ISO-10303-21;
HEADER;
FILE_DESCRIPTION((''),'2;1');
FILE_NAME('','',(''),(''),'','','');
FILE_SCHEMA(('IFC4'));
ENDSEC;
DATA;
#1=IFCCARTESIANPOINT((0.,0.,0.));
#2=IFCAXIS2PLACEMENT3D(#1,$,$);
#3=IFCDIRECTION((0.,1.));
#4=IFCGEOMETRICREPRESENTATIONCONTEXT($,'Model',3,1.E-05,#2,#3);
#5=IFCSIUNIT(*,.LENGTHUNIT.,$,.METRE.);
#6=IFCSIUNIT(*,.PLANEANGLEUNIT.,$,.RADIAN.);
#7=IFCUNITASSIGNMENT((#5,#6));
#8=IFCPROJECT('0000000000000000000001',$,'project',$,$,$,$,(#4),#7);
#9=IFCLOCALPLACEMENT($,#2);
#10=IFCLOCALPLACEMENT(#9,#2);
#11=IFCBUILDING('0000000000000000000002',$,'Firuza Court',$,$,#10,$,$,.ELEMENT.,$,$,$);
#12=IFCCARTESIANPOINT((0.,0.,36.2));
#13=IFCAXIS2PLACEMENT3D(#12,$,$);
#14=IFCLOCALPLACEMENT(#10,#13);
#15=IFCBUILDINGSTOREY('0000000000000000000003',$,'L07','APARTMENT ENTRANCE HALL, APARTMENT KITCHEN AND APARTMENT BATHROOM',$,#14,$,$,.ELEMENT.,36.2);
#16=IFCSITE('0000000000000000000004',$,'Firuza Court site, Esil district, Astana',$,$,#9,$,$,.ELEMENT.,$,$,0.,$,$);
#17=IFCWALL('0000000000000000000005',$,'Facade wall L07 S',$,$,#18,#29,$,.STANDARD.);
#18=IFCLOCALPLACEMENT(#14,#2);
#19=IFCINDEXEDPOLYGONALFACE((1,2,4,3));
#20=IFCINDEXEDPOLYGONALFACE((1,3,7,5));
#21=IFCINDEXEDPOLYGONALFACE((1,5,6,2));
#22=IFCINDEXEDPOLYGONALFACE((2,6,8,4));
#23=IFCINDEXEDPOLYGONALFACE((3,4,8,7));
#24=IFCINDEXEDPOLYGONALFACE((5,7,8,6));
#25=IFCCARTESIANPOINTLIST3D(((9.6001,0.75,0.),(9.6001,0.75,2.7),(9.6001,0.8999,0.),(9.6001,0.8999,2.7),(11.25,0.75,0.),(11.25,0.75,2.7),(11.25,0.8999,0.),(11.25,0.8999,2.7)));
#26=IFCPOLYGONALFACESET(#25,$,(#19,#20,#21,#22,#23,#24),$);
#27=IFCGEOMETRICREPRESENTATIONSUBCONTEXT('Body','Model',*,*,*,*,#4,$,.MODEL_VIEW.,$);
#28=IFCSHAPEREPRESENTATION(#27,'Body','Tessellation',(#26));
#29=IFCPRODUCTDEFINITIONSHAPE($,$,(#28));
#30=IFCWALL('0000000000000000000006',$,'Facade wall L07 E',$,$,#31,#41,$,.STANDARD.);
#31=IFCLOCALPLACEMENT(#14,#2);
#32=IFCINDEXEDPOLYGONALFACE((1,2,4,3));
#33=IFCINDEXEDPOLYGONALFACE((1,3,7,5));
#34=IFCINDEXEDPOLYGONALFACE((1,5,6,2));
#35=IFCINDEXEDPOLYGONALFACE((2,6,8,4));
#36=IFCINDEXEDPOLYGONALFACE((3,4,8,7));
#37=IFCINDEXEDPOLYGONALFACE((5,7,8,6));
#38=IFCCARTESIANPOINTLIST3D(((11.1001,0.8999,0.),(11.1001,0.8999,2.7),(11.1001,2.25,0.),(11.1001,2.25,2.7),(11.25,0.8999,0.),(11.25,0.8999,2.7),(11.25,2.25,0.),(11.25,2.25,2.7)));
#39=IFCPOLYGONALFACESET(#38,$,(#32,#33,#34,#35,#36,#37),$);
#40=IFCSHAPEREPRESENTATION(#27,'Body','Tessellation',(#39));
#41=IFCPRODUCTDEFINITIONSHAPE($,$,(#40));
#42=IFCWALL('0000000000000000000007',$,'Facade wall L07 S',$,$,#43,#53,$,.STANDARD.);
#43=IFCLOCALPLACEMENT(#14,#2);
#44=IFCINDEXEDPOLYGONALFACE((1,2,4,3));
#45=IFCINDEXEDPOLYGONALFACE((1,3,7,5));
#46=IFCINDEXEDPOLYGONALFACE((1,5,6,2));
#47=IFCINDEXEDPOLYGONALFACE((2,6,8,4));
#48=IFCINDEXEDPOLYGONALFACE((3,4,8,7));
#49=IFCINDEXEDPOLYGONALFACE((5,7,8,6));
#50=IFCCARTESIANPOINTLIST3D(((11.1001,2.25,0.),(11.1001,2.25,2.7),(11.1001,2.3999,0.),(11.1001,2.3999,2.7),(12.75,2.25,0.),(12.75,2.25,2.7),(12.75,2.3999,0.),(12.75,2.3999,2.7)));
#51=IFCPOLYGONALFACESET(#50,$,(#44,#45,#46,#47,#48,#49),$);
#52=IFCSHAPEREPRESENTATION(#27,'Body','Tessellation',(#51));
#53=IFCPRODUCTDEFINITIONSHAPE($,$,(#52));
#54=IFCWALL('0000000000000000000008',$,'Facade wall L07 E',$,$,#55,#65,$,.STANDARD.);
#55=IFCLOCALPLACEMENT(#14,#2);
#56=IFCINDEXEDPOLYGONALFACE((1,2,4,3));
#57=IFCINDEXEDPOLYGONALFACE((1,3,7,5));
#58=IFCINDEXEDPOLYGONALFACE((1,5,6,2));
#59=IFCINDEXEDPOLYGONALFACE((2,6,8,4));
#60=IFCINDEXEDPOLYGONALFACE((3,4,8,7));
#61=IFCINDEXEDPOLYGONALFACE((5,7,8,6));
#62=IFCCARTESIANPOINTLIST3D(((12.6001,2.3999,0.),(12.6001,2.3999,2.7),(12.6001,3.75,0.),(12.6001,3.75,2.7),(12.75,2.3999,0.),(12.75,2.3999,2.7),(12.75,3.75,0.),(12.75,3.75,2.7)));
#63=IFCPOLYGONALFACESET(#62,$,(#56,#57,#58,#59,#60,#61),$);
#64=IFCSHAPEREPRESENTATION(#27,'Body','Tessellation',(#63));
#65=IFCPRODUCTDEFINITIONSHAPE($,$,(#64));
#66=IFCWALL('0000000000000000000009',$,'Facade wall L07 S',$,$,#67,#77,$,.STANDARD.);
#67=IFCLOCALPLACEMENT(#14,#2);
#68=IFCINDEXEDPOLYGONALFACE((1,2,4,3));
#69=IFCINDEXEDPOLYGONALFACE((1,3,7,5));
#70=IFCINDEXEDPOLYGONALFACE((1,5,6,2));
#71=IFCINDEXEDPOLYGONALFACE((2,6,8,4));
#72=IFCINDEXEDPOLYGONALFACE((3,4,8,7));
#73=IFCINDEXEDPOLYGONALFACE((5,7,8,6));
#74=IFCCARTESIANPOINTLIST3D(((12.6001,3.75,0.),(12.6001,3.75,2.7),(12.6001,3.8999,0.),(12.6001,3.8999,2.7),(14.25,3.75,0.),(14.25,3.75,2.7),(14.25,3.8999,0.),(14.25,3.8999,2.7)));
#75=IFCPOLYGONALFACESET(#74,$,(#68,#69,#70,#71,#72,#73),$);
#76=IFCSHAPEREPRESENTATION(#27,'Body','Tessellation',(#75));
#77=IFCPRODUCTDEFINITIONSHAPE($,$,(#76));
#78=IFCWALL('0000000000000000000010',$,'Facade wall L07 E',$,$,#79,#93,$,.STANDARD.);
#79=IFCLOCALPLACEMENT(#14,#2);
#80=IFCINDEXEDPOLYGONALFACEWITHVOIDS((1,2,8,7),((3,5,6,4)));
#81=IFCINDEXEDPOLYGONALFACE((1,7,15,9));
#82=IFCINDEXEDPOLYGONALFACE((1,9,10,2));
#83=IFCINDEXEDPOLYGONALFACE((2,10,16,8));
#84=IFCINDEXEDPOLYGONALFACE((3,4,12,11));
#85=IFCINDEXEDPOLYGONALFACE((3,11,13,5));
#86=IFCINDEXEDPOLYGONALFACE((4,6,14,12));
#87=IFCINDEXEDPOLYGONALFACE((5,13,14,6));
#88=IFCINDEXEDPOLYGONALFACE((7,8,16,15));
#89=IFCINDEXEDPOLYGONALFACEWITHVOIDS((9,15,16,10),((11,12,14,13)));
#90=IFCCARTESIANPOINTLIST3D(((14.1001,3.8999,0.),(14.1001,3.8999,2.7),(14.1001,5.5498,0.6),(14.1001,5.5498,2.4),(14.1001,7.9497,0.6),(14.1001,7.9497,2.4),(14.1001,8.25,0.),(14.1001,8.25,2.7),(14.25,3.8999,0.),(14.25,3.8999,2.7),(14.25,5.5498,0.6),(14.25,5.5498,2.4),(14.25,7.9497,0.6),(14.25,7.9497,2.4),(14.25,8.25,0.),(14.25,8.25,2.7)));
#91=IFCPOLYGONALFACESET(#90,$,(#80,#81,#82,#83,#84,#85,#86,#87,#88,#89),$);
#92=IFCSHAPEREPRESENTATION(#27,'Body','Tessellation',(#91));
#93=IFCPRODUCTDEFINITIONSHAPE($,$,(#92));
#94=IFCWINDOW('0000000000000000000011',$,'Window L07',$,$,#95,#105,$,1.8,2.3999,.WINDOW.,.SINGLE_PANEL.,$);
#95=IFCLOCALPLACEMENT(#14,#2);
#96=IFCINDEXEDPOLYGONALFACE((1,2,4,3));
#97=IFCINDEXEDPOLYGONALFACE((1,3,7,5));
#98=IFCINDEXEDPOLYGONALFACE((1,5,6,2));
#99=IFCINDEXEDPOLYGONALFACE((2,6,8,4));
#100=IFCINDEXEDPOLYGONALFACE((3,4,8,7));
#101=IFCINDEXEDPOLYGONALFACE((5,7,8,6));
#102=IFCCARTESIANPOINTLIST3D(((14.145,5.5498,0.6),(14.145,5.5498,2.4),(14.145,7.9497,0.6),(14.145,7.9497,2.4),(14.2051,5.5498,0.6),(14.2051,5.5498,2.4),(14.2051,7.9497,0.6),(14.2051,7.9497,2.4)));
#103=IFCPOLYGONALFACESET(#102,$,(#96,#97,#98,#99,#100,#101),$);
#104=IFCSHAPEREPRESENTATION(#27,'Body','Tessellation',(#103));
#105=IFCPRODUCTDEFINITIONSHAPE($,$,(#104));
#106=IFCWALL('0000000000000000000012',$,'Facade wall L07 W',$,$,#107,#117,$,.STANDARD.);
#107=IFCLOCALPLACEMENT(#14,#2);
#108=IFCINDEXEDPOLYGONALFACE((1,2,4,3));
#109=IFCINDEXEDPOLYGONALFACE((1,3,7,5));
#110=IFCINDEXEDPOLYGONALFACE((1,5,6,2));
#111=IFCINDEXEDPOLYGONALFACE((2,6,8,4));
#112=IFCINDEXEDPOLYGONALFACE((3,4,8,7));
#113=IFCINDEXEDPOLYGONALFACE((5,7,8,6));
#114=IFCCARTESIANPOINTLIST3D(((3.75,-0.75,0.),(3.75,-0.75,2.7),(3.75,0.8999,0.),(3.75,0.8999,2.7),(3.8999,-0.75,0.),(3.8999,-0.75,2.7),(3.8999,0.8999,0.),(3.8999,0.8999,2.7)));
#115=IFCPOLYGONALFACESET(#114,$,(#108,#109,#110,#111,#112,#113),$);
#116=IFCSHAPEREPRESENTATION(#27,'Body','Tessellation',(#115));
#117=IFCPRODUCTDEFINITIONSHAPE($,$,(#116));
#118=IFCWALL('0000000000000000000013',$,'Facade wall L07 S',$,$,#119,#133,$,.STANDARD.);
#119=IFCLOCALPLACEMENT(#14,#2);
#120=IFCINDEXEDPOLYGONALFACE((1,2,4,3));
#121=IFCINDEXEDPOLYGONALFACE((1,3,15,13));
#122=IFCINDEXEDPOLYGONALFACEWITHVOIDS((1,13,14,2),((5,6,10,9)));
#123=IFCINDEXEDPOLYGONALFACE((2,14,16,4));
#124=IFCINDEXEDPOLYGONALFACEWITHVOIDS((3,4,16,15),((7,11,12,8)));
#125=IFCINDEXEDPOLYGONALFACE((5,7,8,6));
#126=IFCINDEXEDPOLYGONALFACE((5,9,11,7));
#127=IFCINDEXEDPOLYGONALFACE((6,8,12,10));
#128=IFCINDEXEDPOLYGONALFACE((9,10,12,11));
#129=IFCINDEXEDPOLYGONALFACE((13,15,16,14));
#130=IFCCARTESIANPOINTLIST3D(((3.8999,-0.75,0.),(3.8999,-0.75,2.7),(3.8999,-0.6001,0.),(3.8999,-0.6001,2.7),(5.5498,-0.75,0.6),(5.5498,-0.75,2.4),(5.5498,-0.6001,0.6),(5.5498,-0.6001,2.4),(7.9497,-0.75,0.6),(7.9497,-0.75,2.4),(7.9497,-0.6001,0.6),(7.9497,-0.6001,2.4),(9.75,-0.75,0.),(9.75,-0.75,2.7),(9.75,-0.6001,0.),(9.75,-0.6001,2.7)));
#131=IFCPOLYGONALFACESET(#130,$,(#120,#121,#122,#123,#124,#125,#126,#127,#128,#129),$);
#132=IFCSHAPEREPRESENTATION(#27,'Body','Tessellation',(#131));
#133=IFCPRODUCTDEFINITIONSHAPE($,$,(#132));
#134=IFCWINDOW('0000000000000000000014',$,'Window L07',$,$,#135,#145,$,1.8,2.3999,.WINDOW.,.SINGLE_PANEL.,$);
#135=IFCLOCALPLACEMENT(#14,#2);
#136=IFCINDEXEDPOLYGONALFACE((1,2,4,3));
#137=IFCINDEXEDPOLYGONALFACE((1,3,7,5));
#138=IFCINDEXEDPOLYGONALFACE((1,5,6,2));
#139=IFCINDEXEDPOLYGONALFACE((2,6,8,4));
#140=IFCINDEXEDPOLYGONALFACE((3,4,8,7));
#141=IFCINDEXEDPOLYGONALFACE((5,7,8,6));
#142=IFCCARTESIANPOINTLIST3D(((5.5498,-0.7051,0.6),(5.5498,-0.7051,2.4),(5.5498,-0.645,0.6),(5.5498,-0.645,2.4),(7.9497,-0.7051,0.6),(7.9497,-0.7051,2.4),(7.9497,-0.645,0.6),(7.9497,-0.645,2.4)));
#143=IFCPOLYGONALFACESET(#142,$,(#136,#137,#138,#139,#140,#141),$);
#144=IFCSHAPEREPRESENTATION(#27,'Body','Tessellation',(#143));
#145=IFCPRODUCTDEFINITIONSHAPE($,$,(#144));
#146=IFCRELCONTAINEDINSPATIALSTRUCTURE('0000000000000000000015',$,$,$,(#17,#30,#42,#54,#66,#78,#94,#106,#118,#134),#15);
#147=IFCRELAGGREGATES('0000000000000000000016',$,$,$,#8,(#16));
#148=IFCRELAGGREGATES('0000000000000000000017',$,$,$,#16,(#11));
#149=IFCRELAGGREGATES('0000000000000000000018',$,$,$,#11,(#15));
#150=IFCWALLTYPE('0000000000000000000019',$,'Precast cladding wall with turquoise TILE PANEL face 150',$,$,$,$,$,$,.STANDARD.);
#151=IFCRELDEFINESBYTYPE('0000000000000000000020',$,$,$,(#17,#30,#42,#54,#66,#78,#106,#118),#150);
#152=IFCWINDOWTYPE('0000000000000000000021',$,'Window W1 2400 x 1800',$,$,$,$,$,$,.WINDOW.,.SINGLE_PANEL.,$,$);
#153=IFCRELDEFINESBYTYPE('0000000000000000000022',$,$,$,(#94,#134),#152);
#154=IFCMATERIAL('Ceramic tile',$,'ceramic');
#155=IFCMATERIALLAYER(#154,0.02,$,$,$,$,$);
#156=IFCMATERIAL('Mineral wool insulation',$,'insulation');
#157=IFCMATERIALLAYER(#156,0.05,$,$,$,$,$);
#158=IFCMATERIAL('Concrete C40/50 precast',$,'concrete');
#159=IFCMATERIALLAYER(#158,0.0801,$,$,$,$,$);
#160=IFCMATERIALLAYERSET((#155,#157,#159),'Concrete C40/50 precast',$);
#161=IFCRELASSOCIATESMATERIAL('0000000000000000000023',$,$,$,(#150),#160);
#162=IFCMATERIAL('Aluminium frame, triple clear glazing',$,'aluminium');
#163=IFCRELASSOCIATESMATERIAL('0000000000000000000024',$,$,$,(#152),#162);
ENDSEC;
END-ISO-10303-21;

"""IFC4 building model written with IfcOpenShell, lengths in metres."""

from ifc_helpers import new_model, si_unit, direction, frame, frame_2d, origin, place, context, subcontext, project, spatial, rectangle, extrude, material, layer, layer_set, type_object, element, fill, save


model = new_model("IFC4")

# Units and contexts
model_context = context("Model", 3, precision=1e-05, world=origin(), true_north=direction((0.0, 1.0)))
body_context = subcontext(model_context, "Body", "Model", "MODEL_VIEW")
ifc_project = project(units=[si_unit("LENGTHUNIT", "METRE"), si_unit("PLANEANGLEUNIT", "RADIAN")], contexts=[model_context])

# Site, building, storey
site_placement = place(None, origin())
site = spatial("IfcSite", under=ifc_project, at=site_placement, Name="Firuza Court site, Esil district, Astana", CompositionType="ELEMENT", RefElevation=0.0)
building_placement = place(site_placement, origin())
building = spatial("IfcBuilding", under=site, at=building_placement, Name="Firuza Court", CompositionType="ELEMENT")
storey_placement = place(building_placement, frame((0.0, 0.0, 36.2)))
storey = spatial("IfcBuildingStorey", under=building, at=storey_placement, Name="L07", Description="APARTMENT ENTRANCE HALL, APARTMENT KITCHEN AND APARTMENT BATHROOM", CompositionType="ELEMENT", Elevation=36.2)

# Walls
ifc_material_1 = material(Name="Ceramic tile", Category="ceramic")
ifc_layer_1 = layer(ifc_material_1, 0.02)
ifc_material_2 = material(Name="Mineral wool insulation", Category="insulation")
ifc_layer_2 = layer(ifc_material_2, 0.05)
ifc_material_3 = material(Name="Concrete C40/50 precast", Category="concrete")
ifc_layer_3 = layer(ifc_material_3, 0.0801)
ifc_layer_set_1 = layer_set([ifc_layer_1, ifc_layer_2, ifc_layer_3], Name="Concrete C40/50 precast")
wall_type_1 = type_object("IfcWallType", Name="Precast cladding wall with turquoise TILE PANEL face 150", PredefinedType="STANDARD", material=ifc_layer_set_1)
wall_1_placement = place(storey_placement, frame((9.6001, 0.825, 0.0), z_axis=(0.0, 0.0, 1.0), x_axis=(1.0, 0.0, 0.0)))
element("IfcWall", 1, at=wall_1_placement, inside=storey, type_object=wall_type_1, Name="Facade wall L07 S", PredefinedType="STANDARD", context=body_context, shape_type="SweptSolid", body=[
    extrude(rectangle(XDim=1.6499, YDim=0.1499, at=frame_2d((0.825, 0.0))), origin(), (0.0, 0.0, 1.0), 2.7),
])
wall_2_placement = place(storey_placement, frame((11.175, 0.8999, 0.0), z_axis=(0.0, 0.0, 1.0), x_axis=(0.0, 1.0, 0.0)))
element("IfcWall", 2, at=wall_2_placement, inside=storey, type_object=wall_type_1, Name="Facade wall L07 E", PredefinedType="STANDARD", context=body_context, shape_type="SweptSolid", body=[
    extrude(rectangle(XDim=1.3501, YDim=0.1499, at=frame_2d((0.675, 0.0))), origin(), (0.0, 0.0, 1.0), 2.7),
])
wall_3_placement = place(storey_placement, frame((11.1001, 2.325, 0.0), z_axis=(0.0, 0.0, 1.0), x_axis=(1.0, 0.0, 0.0)))
element("IfcWall", 3, at=wall_3_placement, inside=storey, type_object=wall_type_1, Name="Facade wall L07 S", PredefinedType="STANDARD", context=body_context, shape_type="SweptSolid", body=[
    extrude(rectangle(XDim=1.6499, YDim=0.1499, at=frame_2d((0.825, 0.0))), origin(), (0.0, 0.0, 1.0), 2.7),
])
wall_4_placement = place(storey_placement, frame((12.675, 2.3999, 0.0), z_axis=(0.0, 0.0, 1.0), x_axis=(0.0, 1.0, 0.0)))
element("IfcWall", 4, at=wall_4_placement, inside=storey, type_object=wall_type_1, Name="Facade wall L07 E", PredefinedType="STANDARD", context=body_context, shape_type="SweptSolid", body=[
    extrude(rectangle(XDim=1.3501, YDim=0.1499, at=frame_2d((0.675, 0.0))), origin(), (0.0, 0.0, 1.0), 2.7),
])
wall_5_placement = place(storey_placement, frame((12.6001, 3.825, 0.0), z_axis=(0.0, 0.0, 1.0), x_axis=(1.0, 0.0, 0.0)))
element("IfcWall", 5, at=wall_5_placement, inside=storey, type_object=wall_type_1, Name="Facade wall L07 S", PredefinedType="STANDARD", context=body_context, shape_type="SweptSolid", body=[
    extrude(rectangle(XDim=1.6499, YDim=0.1499, at=frame_2d((0.825, 0.0))), origin(), (0.0, 0.0, 1.0), 2.7),
])

# Wall, opening, window
wall_6_placement = place(storey_placement, frame((14.175, 3.8999, 0.0), z_axis=(0.0, 0.0, 1.0), x_axis=(0.0, 1.0, 0.0)))
wall_6 = element("IfcWall", 6, at=wall_6_placement, inside=storey, type_object=wall_type_1, Name="Facade wall L07 E", PredefinedType="STANDARD", context=body_context, shape_type="SweptSolid", body=[
    extrude(rectangle(XDim=4.3501, YDim=0.1499, at=frame_2d((2.175, 0.0))), origin(), (0.0, 0.0, 1.0), 2.7),
])
opening_1_placement = place(wall_6_placement, frame((1.6499, 0.0, 0.6001)))
opening_1 = element("IfcOpeningElement", 7, at=opening_1_placement, cuts=wall_6, PredefinedType="OPENING", context=body_context, shape_type="SweptSolid", body=[
    extrude(rectangle(XDim=2.3999, YDim=1.8, at=frame_2d((1.2, 0.8999))), frame((0.0, 0.0869, 0.0), z_axis=(0.0, -1.0, 0.0), x_axis=(1.0, 0.0, 0.0)), (0.0, 0.0, 1.0), 0.1738),
])
ifc_material_4 = material(Name="Aluminium frame, triple clear glazing", Category="aluminium")
window_type = type_object("IfcWindowType", Name="Window W1 2400 x 1800", PartitioningType="SINGLE_PANEL", PredefinedType="WINDOW", material=ifc_material_4)
window_1_placement = place(opening_1_placement, origin())
window_1 = element("IfcWindow", 8, at=window_1_placement, inside=storey, type_object=window_type, Name="Window L07", OverallHeight=1.8, OverallWidth=2.3999, PartitioningType="SINGLE_PANEL", PredefinedType="WINDOW", context=body_context, shape_type="SweptSolid", body=[
    extrude(rectangle(XDim=2.3999, YDim=1.8, at=frame_2d((1.2, 0.8999))), frame((0.0, 0.03, 0.0), z_axis=(0.0, -1.0, 0.0), x_axis=(1.0, 0.0, 0.0)), (0.0, 0.0, 1.0), 0.0601),
])
fill(opening_1, window_1)

# Wall
wall_7_placement = place(storey_placement, frame((3.825, 0.8999, 0.0), z_axis=(0.0, 0.0, 1.0), x_axis=(0.0, -1.0, 0.0)))
element("IfcWall", 9, at=wall_7_placement, inside=storey, type_object=wall_type_1, Name="Facade wall L07 W", PredefinedType="STANDARD", context=body_context, shape_type="SweptSolid", body=[
    extrude(rectangle(XDim=1.6499, YDim=0.1499, at=frame_2d((0.825, 0.0))), origin(), (0.0, 0.0, 1.0), 2.7),
])

# Wall, opening, window
wall_8_placement = place(storey_placement, frame((3.8999, -0.675, 0.0), z_axis=(0.0, 0.0, 1.0), x_axis=(1.0, 0.0, 0.0)))
wall_8 = element("IfcWall", 10, at=wall_8_placement, inside=storey, type_object=wall_type_1, Name="Facade wall L07 S", PredefinedType="STANDARD", context=body_context, shape_type="SweptSolid", body=[
    extrude(rectangle(XDim=5.8501, YDim=0.1499, at=frame_2d((2.925, 0.0))), origin(), (0.0, 0.0, 1.0), 2.7),
])
opening_2_placement = place(wall_8_placement, frame((1.6499, 0.0, 0.6001)))
opening_2 = element("IfcOpeningElement", 11, at=opening_2_placement, cuts=wall_8, PredefinedType="OPENING", context=body_context, shape_type="SweptSolid", body=[
    extrude(rectangle(XDim=2.3999, YDim=1.8, at=frame_2d((1.2, 0.8999))), frame((0.0, 0.0869, 0.0), z_axis=(0.0, -1.0, 0.0), x_axis=(1.0, 0.0, 0.0)), (0.0, 0.0, 1.0), 0.1738),
])
window_2_placement = place(opening_2_placement, origin())
window_2 = element("IfcWindow", 12, at=window_2_placement, inside=storey, type_object=window_type, Name="Window L07", OverallHeight=1.8, OverallWidth=2.3999, PartitioningType="SINGLE_PANEL", PredefinedType="WINDOW", context=body_context, shape_type="SweptSolid", body=[
    extrude(rectangle(XDim=2.3999, YDim=1.8, at=frame_2d((1.2, 0.8999))), frame((0.0, 0.03, 0.0), z_axis=(0.0, -1.0, 0.0), x_axis=(1.0, 0.0, 0.0)), (0.0, 0.0, 1.0), 0.0601),
])
fill(opening_2, window_2)

save(model, "model.ifc")
